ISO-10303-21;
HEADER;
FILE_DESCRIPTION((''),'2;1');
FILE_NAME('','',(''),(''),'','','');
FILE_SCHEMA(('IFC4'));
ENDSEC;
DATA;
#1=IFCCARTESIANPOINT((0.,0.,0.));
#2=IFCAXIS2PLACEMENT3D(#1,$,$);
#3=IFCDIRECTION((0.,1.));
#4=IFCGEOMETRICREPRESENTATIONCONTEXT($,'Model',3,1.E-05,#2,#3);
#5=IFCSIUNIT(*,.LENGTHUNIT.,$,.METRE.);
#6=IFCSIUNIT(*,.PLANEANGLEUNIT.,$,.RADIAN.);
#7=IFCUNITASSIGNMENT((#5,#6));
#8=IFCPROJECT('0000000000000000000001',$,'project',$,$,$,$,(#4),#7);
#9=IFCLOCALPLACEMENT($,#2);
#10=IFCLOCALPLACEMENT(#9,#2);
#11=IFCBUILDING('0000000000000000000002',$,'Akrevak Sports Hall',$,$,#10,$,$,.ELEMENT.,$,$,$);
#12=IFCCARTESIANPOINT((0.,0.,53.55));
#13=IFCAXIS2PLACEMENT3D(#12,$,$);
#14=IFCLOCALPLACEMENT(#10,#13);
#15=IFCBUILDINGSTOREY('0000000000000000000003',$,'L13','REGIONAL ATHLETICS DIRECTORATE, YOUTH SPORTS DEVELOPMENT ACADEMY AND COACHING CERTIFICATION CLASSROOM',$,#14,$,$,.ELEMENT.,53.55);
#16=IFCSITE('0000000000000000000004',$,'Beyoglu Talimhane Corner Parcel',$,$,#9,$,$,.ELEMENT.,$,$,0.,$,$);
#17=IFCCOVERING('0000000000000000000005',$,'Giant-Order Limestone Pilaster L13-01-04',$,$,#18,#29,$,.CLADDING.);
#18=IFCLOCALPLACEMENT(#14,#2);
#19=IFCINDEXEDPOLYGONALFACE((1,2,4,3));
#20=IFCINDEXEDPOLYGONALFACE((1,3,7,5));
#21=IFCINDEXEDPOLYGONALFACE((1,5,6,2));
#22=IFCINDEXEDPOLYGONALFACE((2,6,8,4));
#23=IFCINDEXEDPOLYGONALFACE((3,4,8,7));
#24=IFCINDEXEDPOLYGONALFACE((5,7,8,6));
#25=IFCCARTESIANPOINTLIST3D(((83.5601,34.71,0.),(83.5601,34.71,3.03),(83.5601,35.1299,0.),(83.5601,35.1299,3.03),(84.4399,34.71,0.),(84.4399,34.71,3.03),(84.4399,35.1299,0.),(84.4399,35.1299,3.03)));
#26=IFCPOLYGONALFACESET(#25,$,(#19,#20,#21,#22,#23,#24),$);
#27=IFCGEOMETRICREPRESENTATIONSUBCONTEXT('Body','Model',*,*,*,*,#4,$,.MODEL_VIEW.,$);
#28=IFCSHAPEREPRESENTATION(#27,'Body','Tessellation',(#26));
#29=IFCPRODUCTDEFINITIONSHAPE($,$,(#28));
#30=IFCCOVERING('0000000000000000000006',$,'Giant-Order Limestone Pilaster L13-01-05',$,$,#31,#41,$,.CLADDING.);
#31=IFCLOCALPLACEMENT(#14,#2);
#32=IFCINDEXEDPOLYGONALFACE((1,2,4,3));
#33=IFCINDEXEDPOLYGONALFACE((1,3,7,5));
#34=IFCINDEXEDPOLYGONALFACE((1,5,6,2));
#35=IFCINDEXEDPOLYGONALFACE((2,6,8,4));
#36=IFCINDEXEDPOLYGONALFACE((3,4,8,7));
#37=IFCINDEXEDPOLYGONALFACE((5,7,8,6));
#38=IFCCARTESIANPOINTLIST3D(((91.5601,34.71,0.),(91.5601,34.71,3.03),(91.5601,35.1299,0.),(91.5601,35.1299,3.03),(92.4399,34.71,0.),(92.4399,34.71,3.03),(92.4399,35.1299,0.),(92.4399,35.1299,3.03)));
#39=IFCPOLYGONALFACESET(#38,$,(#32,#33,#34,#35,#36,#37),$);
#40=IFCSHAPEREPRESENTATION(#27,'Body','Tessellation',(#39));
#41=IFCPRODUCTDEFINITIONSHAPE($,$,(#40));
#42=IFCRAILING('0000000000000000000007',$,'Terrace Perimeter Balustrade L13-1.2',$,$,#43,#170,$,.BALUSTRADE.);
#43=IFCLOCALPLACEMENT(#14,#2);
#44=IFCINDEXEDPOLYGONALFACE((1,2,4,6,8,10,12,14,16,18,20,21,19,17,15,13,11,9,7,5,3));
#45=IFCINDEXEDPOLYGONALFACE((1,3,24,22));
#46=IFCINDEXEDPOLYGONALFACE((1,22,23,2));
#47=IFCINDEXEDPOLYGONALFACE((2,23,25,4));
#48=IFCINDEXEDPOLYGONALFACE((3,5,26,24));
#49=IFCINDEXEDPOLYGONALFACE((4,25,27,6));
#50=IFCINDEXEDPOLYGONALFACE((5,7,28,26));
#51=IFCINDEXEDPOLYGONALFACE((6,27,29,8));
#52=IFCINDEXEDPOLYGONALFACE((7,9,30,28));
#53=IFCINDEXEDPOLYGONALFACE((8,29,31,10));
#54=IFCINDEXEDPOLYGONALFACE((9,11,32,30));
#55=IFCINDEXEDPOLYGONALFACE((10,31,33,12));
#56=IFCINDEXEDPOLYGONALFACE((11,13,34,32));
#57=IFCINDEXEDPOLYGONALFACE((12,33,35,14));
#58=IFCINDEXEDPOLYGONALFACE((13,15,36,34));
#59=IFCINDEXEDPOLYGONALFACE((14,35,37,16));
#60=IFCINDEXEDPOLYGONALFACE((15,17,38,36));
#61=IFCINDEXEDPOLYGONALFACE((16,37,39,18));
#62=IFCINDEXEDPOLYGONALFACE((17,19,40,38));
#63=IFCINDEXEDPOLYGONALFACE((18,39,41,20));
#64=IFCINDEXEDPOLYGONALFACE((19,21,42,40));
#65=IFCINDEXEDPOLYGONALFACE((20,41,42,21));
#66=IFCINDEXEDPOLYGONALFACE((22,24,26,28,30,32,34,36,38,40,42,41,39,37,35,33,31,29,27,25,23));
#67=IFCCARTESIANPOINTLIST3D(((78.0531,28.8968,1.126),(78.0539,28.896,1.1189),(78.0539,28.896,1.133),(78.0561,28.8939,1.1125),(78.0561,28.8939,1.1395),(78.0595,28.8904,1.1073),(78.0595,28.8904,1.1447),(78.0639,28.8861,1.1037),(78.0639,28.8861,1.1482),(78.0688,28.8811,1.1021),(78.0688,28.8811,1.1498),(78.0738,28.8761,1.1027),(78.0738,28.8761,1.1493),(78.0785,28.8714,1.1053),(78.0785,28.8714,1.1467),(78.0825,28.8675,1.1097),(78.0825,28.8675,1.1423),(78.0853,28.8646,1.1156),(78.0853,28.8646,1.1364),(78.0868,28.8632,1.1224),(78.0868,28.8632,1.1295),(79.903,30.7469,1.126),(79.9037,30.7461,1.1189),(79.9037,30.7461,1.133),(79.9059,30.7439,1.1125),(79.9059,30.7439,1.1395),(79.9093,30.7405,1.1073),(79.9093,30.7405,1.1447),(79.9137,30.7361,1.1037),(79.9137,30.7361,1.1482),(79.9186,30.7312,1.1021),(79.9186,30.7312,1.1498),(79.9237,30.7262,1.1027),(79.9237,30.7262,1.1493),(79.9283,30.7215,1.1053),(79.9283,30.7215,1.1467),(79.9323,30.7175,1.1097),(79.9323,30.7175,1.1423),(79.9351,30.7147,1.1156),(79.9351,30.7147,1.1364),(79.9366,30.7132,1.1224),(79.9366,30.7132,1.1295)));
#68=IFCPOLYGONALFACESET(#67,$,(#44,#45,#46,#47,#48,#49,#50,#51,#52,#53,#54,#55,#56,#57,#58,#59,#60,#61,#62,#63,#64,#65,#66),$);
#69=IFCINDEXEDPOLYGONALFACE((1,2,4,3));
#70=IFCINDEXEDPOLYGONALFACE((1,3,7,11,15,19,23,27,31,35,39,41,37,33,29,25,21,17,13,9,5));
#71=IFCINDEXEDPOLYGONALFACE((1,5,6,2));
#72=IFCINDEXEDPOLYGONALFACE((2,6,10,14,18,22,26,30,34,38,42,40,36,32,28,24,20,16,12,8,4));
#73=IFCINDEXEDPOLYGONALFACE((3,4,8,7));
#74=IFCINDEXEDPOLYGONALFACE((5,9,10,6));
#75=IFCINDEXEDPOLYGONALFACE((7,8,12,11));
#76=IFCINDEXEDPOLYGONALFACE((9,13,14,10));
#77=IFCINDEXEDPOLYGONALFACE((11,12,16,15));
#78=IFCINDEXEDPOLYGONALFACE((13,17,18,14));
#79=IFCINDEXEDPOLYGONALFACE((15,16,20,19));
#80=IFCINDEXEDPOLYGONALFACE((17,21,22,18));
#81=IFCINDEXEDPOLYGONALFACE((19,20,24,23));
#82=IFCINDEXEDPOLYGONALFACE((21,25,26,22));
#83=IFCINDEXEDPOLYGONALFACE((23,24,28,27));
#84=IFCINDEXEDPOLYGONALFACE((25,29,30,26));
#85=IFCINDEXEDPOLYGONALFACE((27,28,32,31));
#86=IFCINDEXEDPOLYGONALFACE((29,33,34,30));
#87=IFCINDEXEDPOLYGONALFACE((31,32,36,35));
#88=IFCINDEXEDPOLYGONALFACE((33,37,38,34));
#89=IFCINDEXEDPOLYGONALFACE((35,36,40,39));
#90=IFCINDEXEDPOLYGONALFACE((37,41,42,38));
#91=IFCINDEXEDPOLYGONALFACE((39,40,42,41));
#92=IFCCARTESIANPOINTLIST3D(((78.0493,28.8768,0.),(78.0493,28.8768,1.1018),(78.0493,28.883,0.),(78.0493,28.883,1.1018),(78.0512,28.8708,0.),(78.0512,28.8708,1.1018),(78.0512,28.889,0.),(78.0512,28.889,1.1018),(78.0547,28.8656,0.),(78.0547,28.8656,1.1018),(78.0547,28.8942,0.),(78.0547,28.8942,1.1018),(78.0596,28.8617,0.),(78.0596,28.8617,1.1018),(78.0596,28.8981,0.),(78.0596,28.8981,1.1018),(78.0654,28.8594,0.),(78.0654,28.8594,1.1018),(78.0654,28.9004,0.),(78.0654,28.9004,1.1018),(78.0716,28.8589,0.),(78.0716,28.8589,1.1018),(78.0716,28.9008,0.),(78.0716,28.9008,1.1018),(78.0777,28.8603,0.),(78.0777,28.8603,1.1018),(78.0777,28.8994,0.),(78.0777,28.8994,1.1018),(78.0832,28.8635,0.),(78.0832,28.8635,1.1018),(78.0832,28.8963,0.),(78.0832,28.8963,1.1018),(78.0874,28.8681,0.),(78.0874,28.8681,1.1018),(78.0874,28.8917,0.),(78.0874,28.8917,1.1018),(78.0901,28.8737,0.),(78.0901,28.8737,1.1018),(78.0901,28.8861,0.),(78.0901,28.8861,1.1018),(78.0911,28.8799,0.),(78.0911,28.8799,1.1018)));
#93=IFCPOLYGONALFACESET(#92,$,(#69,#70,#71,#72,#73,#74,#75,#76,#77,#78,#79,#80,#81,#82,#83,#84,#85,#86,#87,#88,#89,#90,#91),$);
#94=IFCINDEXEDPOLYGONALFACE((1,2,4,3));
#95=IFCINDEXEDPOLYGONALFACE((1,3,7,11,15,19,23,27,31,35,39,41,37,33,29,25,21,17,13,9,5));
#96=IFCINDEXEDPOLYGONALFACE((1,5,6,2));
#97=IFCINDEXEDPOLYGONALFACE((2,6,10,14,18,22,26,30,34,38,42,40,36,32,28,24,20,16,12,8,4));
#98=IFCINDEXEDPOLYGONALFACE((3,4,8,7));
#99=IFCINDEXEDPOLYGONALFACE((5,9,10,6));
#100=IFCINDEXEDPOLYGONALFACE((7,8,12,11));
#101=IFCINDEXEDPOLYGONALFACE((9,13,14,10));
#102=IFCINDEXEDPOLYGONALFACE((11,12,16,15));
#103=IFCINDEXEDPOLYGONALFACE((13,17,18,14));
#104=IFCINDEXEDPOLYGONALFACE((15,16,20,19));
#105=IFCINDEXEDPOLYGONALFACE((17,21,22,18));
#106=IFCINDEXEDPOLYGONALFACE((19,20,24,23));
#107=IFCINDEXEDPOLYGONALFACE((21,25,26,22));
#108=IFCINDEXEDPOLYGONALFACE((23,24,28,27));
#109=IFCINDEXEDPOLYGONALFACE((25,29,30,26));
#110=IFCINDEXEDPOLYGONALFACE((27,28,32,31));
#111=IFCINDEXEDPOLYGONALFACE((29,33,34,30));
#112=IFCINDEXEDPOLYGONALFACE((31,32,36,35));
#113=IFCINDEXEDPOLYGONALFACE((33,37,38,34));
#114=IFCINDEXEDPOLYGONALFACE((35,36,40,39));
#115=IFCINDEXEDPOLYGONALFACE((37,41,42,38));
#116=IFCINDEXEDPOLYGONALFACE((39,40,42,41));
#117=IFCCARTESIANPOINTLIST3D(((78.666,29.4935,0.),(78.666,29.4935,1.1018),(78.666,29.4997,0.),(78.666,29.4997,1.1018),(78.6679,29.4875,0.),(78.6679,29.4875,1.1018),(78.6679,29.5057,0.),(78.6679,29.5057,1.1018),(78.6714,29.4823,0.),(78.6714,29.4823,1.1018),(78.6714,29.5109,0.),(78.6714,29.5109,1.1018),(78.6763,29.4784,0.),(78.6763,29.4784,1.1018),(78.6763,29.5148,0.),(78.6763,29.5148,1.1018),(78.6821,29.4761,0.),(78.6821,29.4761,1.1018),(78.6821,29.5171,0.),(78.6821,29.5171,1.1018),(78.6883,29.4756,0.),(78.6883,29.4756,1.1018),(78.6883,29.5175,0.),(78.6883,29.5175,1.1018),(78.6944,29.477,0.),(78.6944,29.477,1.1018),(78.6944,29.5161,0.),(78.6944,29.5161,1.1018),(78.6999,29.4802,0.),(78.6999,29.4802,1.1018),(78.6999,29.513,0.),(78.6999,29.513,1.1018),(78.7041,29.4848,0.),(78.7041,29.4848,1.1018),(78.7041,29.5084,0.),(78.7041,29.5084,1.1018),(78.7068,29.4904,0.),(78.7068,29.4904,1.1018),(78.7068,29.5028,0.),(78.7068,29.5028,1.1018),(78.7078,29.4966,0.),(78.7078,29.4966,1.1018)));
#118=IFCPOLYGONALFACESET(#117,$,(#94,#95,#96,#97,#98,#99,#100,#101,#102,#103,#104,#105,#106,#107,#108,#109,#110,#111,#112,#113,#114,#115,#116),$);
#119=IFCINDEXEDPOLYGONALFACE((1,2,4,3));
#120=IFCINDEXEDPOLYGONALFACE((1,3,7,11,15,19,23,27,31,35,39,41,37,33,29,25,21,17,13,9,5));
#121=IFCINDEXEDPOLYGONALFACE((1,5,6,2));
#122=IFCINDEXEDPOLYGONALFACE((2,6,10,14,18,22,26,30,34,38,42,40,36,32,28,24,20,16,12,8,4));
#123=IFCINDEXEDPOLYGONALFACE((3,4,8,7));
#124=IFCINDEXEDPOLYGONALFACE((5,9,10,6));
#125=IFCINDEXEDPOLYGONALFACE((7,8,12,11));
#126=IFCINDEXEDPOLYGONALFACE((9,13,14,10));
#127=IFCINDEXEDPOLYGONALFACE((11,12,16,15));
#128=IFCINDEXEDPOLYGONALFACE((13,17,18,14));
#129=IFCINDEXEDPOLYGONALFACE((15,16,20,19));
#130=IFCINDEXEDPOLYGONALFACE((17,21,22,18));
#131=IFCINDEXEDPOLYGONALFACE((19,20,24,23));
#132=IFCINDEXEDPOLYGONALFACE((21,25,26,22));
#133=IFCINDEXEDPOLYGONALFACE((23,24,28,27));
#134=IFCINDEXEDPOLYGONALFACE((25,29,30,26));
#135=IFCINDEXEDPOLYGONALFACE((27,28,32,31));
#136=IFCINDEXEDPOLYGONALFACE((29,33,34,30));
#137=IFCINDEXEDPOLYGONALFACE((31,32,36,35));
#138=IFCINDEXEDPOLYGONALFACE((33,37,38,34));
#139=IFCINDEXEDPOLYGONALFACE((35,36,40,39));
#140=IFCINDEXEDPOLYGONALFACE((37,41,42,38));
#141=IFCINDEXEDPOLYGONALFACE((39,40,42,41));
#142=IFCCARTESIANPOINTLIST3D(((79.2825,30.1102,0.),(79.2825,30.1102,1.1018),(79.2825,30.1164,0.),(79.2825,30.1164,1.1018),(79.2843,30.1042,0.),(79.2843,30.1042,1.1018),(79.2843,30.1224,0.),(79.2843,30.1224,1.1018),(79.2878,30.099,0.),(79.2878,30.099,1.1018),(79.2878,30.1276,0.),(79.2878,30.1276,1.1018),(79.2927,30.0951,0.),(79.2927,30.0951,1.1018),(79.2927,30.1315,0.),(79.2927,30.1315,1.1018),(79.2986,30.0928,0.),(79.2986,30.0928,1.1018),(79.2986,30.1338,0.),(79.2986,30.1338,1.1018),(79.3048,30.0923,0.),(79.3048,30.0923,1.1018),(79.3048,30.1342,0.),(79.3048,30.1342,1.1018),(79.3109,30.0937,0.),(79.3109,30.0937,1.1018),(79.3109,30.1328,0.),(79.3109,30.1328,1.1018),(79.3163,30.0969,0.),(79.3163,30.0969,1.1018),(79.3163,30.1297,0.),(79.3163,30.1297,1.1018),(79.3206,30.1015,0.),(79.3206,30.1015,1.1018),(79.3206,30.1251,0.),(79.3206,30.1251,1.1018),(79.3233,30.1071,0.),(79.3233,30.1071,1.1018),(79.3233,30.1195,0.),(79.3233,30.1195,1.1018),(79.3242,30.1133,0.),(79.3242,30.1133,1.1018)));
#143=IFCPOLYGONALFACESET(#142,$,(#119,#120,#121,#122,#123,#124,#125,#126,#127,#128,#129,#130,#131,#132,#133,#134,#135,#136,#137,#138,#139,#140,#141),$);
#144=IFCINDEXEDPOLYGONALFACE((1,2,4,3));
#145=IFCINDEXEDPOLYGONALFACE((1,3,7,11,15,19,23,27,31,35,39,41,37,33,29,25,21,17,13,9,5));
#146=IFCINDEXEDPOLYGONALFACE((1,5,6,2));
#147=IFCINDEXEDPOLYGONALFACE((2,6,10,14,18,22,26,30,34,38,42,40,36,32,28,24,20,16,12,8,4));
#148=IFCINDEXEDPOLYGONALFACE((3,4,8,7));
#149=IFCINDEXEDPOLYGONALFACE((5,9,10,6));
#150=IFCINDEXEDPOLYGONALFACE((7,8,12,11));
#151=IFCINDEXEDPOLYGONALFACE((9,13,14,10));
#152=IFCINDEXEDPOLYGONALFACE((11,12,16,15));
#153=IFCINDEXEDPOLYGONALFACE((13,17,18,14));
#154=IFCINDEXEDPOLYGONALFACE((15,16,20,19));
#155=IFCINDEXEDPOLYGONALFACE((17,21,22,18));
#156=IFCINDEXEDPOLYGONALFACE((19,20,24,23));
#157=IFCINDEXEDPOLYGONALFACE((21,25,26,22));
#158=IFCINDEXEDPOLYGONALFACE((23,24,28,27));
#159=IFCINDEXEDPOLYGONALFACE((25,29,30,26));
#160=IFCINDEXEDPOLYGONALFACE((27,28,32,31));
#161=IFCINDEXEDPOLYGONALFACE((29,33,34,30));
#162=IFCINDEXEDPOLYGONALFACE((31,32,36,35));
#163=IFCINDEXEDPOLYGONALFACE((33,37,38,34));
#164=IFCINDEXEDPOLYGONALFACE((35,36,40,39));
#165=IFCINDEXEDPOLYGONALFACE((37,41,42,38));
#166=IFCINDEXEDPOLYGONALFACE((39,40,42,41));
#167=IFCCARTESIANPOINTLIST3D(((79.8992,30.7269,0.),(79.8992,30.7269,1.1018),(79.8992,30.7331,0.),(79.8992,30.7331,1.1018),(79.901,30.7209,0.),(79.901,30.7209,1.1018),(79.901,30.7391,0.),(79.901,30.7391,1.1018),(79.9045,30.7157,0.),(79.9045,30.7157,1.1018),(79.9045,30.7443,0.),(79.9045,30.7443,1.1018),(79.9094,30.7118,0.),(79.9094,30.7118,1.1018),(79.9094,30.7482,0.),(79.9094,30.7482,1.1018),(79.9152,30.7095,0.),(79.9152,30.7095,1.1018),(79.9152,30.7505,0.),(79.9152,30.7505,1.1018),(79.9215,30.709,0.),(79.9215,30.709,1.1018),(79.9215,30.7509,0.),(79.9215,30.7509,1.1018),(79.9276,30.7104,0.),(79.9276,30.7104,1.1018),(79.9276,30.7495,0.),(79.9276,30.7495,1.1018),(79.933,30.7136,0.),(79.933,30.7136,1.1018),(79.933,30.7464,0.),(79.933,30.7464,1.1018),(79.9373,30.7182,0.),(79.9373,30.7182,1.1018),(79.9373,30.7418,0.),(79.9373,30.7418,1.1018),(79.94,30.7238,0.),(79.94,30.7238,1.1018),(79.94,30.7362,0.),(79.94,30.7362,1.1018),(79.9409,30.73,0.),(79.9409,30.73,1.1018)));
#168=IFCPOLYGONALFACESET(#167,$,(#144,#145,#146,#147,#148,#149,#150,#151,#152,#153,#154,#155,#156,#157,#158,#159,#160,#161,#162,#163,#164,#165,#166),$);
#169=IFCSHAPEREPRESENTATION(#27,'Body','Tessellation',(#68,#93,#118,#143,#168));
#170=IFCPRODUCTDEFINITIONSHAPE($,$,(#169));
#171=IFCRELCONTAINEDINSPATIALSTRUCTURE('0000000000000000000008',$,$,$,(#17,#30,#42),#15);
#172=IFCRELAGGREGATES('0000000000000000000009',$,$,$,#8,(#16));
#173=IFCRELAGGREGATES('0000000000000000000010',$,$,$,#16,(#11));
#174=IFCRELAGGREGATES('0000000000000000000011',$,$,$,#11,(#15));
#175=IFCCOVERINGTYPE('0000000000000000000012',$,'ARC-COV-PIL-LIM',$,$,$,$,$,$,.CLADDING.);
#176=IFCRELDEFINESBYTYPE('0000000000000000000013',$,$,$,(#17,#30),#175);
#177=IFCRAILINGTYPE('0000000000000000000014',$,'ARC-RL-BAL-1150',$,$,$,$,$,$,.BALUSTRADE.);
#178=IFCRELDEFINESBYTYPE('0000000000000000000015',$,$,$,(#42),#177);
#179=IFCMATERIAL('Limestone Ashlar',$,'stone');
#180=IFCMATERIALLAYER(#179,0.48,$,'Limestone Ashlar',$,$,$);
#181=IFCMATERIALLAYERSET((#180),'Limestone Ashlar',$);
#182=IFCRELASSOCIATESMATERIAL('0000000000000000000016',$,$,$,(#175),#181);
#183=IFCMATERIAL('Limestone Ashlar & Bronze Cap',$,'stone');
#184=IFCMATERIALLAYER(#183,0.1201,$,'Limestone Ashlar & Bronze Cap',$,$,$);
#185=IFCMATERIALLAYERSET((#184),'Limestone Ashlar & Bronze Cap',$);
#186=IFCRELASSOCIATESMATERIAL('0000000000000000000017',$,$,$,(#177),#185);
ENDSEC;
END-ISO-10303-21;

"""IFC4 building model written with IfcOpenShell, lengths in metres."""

from ifc_helpers import new_model, si_unit, direction, frame, origin, origin_2d, place, context, subcontext, project, spatial, rectangle, circle, extrude, material, layer, layer_set, type_object, element, save


model = new_model("IFC4")

# Units and contexts
model_context = context("Model", 3, precision=1e-05, world=origin(), true_north=direction((0.0, 1.0)))
body_context = subcontext(model_context, "Body", "Model", "MODEL_VIEW")
ifc_project = project(units=[si_unit("LENGTHUNIT", "METRE"), si_unit("PLANEANGLEUNIT", "RADIAN")], contexts=[model_context])

# Site, building, storey
site_placement = place(None, origin())
site = spatial("IfcSite", under=ifc_project, at=site_placement, Name="Beyoglu Talimhane Corner Parcel", CompositionType="ELEMENT", RefElevation=0.0)
building_placement = place(site_placement, origin())
building = spatial("IfcBuilding", under=site, at=building_placement, Name="Akrevak Sports Hall", CompositionType="ELEMENT")
storey_placement = place(building_placement, frame((0.0, 0.0, 53.55)))
storey = spatial("IfcBuildingStorey", under=building, at=storey_placement, Name="L13", Description="REGIONAL ATHLETICS DIRECTORATE, YOUTH SPORTS DEVELOPMENT ACADEMY AND COACHING CERTIFICATION CLASSROOM", CompositionType="ELEMENT", Elevation=53.55)

# Coverings
ifc_material_1 = material(Name="Limestone Ashlar", Category="stone")
ifc_layer_1 = layer(ifc_material_1, 0.48, Name="Limestone Ashlar")
ifc_layer_set_1 = layer_set([ifc_layer_1], Name="Limestone Ashlar")
covering_type_1 = type_object("IfcCoveringType", Name="ARC-COV-PIL-LIM", PredefinedType="CLADDING", material=ifc_layer_set_1)
for number, where, z_axis, x_axis, name in (
    (1, (84.0, 34.9199, 0.0), (0.0, 0.0, 1.0), (1.0, 0.0, 0.0), "Giant-Order Limestone Pilaster L13-01-04"),
    (2, (92.0, 34.9199, 0.0), (0.0, 0.0, 1.0), (1.0, 0.0, 0.0), "Giant-Order Limestone Pilaster L13-01-05"),
):
    element("IfcCovering", number, at=place(storey_placement, frame(where, z_axis=z_axis, x_axis=x_axis)), inside=storey, type_object=covering_type_1, Name=name, PredefinedType="CLADDING", context=body_context, shape_type="SweptSolid", body=[
        extrude(rectangle(XDim=0.8799, YDim=0.4199, at=origin_2d()), origin(), (0.0, 0.0, 1.0), 3.03),
    ])

# Railing
ifc_material_2 = material(Name="Limestone Ashlar & Bronze Cap", Category="stone")
ifc_layer_2 = layer(ifc_material_2, 0.1201, Name="Limestone Ashlar & Bronze Cap")
ifc_layer_set_2 = layer_set([ifc_layer_2], Name="Limestone Ashlar & Bronze Cap")
railing_type = type_object("IfcRailingType", Name="ARC-RL-BAL-1150", PredefinedType="BALUSTRADE", material=ifc_layer_set_2)
railing_1_placement = place(storey_placement, frame((78.0701, 28.8799, 0.0)))
element("IfcRailing", 3, at=railing_1_placement, inside=storey, type_object=railing_type, Name="Terrace Perimeter Balustrade L13-1.2", PredefinedType="BALUSTRADE", context=body_context, shape_type="SweptSolid", body=[
    extrude(circle(Radius=0.0239, at=origin_2d()), frame((0.0, 0.0, 1.126), z_axis=(0.70706, 0.707153, 0.0), x_axis=(-0.707153, 0.70706, 0.0)), (0.0, 0.0, 1.0), 2.6162),
    extrude(circle(Radius=0.021, at=origin_2d()), origin(), (0.0, 0.0, 1.0), 1.1018),
    extrude(circle(Radius=0.021, at=origin_2d()), frame((0.6167, 0.6167, 0.0)), (0.0, 0.0, 1.0), 1.1018),
    extrude(circle(Radius=0.021, at=origin_2d()), frame((1.2332, 1.2334, 0.0)), (0.0, 0.0, 1.0), 1.1018),
    extrude(circle(Radius=0.021, at=origin_2d()), frame((1.8499, 1.8501, 0.0)), (0.0, 0.0, 1.0), 1.1018),
])

save(model, "model.ifc")
